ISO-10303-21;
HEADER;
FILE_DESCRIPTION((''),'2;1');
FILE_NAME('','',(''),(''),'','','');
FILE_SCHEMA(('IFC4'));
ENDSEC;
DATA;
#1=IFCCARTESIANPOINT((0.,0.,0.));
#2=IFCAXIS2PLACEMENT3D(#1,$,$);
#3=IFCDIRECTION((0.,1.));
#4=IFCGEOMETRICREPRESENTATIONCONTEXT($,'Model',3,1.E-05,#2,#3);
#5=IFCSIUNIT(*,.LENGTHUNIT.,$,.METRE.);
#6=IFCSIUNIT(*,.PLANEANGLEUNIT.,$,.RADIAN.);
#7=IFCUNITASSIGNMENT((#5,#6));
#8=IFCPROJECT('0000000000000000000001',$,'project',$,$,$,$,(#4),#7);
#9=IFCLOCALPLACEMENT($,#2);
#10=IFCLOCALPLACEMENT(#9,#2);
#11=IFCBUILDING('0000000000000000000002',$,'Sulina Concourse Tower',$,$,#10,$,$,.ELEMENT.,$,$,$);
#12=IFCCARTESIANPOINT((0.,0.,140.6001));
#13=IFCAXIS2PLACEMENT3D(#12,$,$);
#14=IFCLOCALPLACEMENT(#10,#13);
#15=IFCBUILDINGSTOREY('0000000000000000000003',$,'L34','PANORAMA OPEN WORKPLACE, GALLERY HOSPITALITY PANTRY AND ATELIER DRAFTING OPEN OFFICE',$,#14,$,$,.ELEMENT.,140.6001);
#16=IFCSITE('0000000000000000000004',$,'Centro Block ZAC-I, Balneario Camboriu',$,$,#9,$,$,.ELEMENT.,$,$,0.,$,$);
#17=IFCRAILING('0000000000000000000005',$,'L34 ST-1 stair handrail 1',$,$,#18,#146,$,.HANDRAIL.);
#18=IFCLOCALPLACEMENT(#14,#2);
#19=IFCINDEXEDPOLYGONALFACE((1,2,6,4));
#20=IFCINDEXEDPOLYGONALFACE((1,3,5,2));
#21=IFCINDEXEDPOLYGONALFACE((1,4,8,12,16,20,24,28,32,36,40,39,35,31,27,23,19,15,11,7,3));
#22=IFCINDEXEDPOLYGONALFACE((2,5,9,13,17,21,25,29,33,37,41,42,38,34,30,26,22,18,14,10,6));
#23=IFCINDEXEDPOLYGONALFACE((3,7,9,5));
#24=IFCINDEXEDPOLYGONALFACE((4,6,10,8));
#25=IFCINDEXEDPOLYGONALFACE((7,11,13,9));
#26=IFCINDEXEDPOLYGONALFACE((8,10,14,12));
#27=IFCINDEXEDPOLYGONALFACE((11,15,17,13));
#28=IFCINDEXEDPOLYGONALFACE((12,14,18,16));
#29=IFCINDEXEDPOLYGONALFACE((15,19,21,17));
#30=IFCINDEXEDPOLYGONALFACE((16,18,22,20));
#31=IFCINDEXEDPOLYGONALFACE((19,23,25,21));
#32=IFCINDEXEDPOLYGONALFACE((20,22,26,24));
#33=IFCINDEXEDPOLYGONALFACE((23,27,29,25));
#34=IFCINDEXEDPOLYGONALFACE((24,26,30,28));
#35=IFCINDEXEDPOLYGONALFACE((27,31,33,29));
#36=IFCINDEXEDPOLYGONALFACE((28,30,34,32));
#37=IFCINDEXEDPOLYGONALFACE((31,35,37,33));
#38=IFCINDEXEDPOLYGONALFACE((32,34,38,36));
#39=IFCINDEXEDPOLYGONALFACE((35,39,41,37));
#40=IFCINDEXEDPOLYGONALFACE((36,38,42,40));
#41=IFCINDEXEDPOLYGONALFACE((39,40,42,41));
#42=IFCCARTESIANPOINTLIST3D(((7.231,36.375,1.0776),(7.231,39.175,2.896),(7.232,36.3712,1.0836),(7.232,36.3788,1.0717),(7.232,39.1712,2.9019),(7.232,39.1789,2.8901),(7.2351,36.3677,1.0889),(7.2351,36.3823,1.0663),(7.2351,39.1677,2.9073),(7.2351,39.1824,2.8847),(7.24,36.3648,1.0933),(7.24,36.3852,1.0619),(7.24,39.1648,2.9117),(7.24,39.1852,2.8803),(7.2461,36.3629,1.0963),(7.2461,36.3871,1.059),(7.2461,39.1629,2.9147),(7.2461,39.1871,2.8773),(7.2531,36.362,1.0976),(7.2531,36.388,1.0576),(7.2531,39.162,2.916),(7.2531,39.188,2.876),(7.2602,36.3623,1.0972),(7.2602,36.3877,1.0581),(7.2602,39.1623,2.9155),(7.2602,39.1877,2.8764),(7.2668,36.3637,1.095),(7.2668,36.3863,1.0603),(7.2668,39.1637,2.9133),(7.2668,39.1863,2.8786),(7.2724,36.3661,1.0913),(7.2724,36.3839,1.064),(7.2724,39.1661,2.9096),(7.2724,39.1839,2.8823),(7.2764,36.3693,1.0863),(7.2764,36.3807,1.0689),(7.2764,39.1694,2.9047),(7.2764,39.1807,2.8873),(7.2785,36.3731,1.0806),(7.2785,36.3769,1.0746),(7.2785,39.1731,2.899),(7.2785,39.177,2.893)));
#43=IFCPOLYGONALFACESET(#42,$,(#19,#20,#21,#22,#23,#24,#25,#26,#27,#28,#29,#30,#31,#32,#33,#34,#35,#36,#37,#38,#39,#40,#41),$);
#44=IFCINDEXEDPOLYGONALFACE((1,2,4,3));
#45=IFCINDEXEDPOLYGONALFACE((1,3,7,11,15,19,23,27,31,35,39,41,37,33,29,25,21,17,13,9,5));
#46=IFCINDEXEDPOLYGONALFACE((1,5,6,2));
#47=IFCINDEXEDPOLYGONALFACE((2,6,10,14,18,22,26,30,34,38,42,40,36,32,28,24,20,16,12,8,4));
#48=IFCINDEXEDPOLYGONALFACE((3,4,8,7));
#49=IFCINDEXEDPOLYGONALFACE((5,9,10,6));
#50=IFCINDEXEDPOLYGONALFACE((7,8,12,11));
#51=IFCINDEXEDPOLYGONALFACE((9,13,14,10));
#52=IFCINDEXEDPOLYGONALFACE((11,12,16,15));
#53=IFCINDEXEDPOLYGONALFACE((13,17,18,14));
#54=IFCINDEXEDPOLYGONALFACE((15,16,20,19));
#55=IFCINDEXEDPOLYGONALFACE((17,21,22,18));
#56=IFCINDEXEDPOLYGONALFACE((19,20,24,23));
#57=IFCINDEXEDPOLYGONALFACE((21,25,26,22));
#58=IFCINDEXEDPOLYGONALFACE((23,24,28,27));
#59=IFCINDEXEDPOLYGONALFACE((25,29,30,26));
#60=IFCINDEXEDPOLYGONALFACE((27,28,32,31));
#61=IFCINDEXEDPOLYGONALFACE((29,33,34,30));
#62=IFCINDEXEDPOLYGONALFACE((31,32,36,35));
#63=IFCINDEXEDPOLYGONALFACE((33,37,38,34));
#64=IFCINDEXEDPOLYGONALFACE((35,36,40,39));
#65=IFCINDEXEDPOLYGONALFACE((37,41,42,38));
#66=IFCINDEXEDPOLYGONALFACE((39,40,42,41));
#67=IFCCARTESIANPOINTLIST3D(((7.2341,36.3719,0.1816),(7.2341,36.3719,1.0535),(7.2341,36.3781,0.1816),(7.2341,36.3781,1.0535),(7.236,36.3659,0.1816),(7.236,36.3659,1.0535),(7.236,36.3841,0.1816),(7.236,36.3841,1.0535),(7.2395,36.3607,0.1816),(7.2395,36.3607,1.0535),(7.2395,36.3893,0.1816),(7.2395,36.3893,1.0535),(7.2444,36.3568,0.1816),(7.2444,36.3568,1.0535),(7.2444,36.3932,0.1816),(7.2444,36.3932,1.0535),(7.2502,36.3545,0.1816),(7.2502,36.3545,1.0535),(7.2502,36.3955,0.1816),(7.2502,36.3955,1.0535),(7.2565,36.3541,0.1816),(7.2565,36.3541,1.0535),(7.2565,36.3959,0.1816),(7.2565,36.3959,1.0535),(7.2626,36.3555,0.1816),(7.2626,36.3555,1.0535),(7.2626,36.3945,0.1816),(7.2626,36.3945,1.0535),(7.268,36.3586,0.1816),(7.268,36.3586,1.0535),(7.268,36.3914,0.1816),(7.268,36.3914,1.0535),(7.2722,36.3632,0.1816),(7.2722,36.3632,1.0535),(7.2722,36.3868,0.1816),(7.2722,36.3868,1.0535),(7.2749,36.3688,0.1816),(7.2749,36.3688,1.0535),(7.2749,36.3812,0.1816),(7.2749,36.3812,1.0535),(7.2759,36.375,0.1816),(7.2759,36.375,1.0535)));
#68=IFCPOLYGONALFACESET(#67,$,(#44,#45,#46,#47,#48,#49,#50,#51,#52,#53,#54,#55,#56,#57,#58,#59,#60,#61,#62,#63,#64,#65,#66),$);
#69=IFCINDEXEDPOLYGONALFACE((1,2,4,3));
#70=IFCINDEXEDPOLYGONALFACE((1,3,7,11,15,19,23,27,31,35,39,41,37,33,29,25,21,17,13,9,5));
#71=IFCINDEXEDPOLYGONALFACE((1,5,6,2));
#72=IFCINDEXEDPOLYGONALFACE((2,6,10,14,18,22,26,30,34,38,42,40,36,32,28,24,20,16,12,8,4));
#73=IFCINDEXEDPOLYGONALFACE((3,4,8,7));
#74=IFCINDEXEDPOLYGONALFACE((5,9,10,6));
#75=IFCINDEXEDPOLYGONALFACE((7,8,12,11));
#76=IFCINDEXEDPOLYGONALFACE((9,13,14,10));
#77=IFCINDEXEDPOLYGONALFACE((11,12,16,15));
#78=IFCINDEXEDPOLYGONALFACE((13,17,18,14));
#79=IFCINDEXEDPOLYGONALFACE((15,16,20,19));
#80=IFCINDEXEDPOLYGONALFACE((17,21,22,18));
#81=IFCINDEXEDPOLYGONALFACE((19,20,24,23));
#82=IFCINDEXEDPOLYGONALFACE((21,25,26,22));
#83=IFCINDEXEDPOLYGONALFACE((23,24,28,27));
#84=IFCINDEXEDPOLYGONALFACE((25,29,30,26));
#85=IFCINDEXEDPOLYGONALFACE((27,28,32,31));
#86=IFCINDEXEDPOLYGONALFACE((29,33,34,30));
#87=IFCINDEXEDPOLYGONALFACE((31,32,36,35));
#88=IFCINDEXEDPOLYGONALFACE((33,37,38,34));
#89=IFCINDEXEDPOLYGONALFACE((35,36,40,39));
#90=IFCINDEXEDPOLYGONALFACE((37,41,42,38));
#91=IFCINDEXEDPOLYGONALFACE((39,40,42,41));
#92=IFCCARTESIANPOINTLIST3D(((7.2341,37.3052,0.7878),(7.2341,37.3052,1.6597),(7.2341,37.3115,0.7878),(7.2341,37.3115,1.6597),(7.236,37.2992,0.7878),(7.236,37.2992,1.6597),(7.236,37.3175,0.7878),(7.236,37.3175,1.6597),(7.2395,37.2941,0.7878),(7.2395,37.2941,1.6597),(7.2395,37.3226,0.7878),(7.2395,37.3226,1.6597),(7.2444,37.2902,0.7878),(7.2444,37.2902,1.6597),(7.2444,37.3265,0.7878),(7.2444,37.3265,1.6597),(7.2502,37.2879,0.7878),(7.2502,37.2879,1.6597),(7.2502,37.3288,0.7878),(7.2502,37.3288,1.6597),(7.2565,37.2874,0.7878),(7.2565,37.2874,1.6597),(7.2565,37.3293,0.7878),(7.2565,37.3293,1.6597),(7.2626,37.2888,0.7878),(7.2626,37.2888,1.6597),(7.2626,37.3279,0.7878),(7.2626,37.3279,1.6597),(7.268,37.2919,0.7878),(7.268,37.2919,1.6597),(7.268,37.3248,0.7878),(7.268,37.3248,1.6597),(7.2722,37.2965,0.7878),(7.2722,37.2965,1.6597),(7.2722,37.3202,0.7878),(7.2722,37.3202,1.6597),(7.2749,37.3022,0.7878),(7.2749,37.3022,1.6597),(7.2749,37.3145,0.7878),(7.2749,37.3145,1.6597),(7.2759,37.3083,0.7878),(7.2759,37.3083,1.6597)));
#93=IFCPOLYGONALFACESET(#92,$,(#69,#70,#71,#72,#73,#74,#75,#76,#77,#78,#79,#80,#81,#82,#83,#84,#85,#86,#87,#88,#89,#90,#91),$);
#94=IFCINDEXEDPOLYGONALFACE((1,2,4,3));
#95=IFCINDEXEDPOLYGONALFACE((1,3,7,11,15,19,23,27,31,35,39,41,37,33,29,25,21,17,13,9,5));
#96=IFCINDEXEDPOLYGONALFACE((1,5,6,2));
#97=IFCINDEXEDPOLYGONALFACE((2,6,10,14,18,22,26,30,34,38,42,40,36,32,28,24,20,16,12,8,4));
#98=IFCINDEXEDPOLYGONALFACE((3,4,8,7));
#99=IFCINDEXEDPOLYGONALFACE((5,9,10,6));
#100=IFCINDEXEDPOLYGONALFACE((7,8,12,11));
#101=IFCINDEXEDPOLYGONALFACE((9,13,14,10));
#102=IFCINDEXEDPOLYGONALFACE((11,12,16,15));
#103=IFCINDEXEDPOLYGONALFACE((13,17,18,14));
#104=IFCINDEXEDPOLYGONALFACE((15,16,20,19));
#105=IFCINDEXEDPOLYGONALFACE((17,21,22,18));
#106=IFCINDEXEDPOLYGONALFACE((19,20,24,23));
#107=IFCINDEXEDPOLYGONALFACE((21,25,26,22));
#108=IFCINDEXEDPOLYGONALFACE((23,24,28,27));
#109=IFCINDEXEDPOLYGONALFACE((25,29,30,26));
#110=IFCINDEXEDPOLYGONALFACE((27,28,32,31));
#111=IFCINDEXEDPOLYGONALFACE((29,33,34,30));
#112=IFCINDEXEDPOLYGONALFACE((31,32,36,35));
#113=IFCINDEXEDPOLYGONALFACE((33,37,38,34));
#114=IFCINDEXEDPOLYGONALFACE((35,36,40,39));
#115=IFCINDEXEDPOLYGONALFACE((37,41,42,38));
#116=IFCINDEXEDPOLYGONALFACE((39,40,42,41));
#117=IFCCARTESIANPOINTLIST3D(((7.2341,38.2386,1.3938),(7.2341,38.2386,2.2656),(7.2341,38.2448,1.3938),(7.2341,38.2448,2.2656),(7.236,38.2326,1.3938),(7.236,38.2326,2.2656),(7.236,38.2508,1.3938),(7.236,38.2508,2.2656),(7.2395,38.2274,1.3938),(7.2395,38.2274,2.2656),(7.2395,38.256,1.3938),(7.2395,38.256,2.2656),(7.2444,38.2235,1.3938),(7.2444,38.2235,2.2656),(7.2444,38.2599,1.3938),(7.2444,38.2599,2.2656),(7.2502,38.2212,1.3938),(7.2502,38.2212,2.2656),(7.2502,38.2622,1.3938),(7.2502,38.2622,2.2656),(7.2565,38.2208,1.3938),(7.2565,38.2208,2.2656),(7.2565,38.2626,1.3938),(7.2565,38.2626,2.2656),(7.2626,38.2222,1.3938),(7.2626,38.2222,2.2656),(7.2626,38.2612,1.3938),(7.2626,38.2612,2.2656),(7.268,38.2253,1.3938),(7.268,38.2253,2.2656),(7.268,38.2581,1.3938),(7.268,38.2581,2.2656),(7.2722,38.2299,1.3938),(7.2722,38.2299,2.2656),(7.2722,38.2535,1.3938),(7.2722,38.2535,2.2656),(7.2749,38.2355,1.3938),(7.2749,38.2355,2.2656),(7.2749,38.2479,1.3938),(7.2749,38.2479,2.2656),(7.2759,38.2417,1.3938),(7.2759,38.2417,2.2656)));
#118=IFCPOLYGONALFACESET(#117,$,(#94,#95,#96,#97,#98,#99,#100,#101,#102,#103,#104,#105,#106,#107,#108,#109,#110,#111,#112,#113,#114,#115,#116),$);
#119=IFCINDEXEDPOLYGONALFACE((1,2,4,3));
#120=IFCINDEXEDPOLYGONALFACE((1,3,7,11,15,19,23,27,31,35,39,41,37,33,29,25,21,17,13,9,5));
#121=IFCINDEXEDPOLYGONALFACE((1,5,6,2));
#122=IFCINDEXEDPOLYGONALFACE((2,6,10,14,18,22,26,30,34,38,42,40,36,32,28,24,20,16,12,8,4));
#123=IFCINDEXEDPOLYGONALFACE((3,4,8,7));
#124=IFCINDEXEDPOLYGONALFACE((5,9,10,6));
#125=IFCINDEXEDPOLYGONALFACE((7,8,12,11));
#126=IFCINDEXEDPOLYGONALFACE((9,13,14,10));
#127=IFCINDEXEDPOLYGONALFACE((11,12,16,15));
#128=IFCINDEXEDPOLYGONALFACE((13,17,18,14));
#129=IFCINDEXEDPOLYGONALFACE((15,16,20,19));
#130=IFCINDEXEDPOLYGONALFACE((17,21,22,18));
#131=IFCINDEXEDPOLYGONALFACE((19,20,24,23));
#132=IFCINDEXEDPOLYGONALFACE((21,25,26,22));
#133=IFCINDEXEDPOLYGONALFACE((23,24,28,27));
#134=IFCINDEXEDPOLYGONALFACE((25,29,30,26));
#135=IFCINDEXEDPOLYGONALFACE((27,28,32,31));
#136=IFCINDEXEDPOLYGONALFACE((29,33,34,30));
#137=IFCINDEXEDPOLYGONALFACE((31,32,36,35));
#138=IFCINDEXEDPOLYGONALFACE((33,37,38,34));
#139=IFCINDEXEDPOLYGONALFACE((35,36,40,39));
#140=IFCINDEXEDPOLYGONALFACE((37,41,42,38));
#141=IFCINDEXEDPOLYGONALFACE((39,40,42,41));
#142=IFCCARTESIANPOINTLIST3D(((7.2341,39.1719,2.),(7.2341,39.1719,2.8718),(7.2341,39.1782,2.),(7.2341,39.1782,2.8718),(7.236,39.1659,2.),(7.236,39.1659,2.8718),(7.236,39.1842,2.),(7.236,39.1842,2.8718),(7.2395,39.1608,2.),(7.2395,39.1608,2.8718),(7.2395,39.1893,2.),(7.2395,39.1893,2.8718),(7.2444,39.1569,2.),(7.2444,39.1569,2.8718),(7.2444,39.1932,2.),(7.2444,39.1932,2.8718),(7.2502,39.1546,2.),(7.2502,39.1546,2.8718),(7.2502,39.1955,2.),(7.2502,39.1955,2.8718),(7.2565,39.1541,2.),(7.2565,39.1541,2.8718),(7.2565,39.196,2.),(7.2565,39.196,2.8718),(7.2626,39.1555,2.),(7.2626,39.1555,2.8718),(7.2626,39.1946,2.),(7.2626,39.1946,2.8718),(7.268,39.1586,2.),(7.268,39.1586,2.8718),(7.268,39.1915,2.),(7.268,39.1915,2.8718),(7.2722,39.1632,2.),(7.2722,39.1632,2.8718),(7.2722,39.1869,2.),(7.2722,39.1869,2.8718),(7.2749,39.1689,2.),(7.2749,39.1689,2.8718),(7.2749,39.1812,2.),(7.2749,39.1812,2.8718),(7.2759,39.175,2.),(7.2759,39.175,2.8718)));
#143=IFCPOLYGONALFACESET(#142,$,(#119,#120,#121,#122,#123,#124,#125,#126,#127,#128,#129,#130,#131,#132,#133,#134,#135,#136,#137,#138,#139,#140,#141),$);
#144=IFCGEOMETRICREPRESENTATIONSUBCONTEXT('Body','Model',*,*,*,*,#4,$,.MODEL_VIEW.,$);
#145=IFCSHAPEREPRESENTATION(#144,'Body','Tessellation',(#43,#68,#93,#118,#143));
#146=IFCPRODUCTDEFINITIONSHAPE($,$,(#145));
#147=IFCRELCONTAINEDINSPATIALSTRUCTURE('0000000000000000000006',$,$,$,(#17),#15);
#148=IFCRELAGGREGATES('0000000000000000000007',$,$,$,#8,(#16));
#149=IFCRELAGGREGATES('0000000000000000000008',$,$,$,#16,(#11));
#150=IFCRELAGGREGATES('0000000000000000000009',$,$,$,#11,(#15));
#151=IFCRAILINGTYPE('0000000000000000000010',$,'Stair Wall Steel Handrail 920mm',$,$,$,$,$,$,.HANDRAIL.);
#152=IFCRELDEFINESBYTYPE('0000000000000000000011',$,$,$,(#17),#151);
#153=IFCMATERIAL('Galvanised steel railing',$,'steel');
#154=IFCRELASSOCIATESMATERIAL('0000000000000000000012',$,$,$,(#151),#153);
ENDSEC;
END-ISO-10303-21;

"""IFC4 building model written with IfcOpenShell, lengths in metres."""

from ifc_helpers import new_model, si_unit, direction, frame, origin, origin_2d, place, context, subcontext, project, spatial, circle, extrude, material, type_object, element, save


model = new_model("IFC4")

# Units and contexts
model_context = context("Model", 3, precision=1e-05, world=origin(), true_north=direction((0.0, 1.0)))
body_context = subcontext(model_context, "Body", "Model", "MODEL_VIEW")
ifc_project = project(units=[si_unit("LENGTHUNIT", "METRE"), si_unit("PLANEANGLEUNIT", "RADIAN")], contexts=[model_context])

# Site, building, storey
site_placement = place(None, origin())
site = spatial("IfcSite", under=ifc_project, at=site_placement, Name="Centro Block ZAC-I, Balneario Camboriu", CompositionType="ELEMENT", RefElevation=0.0)
building_placement = place(site_placement, origin())
building = spatial("IfcBuilding", under=site, at=building_placement, Name="Sulina Concourse Tower", CompositionType="ELEMENT")
storey_placement = place(building_placement, frame((0.0, 0.0, 140.6001)))
storey = spatial("IfcBuildingStorey", under=building, at=storey_placement, Name="L34", Description="PANORAMA OPEN WORKPLACE, GALLERY HOSPITALITY PANTRY AND ATELIER DRAFTING OPEN OFFICE", CompositionType="ELEMENT", Elevation=140.6001)

# Railing
ifc_material_1 = material(Name="Galvanised steel railing", Category="steel")
railing_type_1 = type_object("IfcRailingType", Name="Stair Wall Steel Handrail 920mm", PredefinedType="HANDRAIL", material=ifc_material_1)
railing_1_placement = place(storey_placement, frame((7.2549, 36.375, 0.1816)))
element("IfcRailing", 1, at=railing_1_placement, inside=storey, type_object=railing_type_1, Name="L34 ST-1 stair handrail 1", PredefinedType="HANDRAIL", context=body_context, shape_type="SweptSolid", body=[
    extrude(circle(Radius=0.0239, at=origin_2d()), frame((0.0, 0.0, 0.896), z_axis=(0.0, 0.838672, 0.544636), x_axis=(-1.0, 0.0, 0.0)), (0.0, 0.0, 1.0), 3.3386),
    extrude(circle(Radius=0.021, at=origin_2d()), origin(), (0.0, 0.0, 1.0), 0.8718),
    extrude(circle(Radius=0.021, at=origin_2d()), frame((0.0, 0.9333, 0.6062)), (0.0, 0.0, 1.0), 0.8718),
    extrude(circle(Radius=0.021, at=origin_2d()), frame((0.0, 1.8667, 1.2122)), (0.0, 0.0, 1.0), 0.8718),
    extrude(circle(Radius=0.021, at=origin_2d()), frame((0.0, 2.8, 1.8184)), (0.0, 0.0, 1.0), 0.8718),
])

save(model, "model.ifc")
